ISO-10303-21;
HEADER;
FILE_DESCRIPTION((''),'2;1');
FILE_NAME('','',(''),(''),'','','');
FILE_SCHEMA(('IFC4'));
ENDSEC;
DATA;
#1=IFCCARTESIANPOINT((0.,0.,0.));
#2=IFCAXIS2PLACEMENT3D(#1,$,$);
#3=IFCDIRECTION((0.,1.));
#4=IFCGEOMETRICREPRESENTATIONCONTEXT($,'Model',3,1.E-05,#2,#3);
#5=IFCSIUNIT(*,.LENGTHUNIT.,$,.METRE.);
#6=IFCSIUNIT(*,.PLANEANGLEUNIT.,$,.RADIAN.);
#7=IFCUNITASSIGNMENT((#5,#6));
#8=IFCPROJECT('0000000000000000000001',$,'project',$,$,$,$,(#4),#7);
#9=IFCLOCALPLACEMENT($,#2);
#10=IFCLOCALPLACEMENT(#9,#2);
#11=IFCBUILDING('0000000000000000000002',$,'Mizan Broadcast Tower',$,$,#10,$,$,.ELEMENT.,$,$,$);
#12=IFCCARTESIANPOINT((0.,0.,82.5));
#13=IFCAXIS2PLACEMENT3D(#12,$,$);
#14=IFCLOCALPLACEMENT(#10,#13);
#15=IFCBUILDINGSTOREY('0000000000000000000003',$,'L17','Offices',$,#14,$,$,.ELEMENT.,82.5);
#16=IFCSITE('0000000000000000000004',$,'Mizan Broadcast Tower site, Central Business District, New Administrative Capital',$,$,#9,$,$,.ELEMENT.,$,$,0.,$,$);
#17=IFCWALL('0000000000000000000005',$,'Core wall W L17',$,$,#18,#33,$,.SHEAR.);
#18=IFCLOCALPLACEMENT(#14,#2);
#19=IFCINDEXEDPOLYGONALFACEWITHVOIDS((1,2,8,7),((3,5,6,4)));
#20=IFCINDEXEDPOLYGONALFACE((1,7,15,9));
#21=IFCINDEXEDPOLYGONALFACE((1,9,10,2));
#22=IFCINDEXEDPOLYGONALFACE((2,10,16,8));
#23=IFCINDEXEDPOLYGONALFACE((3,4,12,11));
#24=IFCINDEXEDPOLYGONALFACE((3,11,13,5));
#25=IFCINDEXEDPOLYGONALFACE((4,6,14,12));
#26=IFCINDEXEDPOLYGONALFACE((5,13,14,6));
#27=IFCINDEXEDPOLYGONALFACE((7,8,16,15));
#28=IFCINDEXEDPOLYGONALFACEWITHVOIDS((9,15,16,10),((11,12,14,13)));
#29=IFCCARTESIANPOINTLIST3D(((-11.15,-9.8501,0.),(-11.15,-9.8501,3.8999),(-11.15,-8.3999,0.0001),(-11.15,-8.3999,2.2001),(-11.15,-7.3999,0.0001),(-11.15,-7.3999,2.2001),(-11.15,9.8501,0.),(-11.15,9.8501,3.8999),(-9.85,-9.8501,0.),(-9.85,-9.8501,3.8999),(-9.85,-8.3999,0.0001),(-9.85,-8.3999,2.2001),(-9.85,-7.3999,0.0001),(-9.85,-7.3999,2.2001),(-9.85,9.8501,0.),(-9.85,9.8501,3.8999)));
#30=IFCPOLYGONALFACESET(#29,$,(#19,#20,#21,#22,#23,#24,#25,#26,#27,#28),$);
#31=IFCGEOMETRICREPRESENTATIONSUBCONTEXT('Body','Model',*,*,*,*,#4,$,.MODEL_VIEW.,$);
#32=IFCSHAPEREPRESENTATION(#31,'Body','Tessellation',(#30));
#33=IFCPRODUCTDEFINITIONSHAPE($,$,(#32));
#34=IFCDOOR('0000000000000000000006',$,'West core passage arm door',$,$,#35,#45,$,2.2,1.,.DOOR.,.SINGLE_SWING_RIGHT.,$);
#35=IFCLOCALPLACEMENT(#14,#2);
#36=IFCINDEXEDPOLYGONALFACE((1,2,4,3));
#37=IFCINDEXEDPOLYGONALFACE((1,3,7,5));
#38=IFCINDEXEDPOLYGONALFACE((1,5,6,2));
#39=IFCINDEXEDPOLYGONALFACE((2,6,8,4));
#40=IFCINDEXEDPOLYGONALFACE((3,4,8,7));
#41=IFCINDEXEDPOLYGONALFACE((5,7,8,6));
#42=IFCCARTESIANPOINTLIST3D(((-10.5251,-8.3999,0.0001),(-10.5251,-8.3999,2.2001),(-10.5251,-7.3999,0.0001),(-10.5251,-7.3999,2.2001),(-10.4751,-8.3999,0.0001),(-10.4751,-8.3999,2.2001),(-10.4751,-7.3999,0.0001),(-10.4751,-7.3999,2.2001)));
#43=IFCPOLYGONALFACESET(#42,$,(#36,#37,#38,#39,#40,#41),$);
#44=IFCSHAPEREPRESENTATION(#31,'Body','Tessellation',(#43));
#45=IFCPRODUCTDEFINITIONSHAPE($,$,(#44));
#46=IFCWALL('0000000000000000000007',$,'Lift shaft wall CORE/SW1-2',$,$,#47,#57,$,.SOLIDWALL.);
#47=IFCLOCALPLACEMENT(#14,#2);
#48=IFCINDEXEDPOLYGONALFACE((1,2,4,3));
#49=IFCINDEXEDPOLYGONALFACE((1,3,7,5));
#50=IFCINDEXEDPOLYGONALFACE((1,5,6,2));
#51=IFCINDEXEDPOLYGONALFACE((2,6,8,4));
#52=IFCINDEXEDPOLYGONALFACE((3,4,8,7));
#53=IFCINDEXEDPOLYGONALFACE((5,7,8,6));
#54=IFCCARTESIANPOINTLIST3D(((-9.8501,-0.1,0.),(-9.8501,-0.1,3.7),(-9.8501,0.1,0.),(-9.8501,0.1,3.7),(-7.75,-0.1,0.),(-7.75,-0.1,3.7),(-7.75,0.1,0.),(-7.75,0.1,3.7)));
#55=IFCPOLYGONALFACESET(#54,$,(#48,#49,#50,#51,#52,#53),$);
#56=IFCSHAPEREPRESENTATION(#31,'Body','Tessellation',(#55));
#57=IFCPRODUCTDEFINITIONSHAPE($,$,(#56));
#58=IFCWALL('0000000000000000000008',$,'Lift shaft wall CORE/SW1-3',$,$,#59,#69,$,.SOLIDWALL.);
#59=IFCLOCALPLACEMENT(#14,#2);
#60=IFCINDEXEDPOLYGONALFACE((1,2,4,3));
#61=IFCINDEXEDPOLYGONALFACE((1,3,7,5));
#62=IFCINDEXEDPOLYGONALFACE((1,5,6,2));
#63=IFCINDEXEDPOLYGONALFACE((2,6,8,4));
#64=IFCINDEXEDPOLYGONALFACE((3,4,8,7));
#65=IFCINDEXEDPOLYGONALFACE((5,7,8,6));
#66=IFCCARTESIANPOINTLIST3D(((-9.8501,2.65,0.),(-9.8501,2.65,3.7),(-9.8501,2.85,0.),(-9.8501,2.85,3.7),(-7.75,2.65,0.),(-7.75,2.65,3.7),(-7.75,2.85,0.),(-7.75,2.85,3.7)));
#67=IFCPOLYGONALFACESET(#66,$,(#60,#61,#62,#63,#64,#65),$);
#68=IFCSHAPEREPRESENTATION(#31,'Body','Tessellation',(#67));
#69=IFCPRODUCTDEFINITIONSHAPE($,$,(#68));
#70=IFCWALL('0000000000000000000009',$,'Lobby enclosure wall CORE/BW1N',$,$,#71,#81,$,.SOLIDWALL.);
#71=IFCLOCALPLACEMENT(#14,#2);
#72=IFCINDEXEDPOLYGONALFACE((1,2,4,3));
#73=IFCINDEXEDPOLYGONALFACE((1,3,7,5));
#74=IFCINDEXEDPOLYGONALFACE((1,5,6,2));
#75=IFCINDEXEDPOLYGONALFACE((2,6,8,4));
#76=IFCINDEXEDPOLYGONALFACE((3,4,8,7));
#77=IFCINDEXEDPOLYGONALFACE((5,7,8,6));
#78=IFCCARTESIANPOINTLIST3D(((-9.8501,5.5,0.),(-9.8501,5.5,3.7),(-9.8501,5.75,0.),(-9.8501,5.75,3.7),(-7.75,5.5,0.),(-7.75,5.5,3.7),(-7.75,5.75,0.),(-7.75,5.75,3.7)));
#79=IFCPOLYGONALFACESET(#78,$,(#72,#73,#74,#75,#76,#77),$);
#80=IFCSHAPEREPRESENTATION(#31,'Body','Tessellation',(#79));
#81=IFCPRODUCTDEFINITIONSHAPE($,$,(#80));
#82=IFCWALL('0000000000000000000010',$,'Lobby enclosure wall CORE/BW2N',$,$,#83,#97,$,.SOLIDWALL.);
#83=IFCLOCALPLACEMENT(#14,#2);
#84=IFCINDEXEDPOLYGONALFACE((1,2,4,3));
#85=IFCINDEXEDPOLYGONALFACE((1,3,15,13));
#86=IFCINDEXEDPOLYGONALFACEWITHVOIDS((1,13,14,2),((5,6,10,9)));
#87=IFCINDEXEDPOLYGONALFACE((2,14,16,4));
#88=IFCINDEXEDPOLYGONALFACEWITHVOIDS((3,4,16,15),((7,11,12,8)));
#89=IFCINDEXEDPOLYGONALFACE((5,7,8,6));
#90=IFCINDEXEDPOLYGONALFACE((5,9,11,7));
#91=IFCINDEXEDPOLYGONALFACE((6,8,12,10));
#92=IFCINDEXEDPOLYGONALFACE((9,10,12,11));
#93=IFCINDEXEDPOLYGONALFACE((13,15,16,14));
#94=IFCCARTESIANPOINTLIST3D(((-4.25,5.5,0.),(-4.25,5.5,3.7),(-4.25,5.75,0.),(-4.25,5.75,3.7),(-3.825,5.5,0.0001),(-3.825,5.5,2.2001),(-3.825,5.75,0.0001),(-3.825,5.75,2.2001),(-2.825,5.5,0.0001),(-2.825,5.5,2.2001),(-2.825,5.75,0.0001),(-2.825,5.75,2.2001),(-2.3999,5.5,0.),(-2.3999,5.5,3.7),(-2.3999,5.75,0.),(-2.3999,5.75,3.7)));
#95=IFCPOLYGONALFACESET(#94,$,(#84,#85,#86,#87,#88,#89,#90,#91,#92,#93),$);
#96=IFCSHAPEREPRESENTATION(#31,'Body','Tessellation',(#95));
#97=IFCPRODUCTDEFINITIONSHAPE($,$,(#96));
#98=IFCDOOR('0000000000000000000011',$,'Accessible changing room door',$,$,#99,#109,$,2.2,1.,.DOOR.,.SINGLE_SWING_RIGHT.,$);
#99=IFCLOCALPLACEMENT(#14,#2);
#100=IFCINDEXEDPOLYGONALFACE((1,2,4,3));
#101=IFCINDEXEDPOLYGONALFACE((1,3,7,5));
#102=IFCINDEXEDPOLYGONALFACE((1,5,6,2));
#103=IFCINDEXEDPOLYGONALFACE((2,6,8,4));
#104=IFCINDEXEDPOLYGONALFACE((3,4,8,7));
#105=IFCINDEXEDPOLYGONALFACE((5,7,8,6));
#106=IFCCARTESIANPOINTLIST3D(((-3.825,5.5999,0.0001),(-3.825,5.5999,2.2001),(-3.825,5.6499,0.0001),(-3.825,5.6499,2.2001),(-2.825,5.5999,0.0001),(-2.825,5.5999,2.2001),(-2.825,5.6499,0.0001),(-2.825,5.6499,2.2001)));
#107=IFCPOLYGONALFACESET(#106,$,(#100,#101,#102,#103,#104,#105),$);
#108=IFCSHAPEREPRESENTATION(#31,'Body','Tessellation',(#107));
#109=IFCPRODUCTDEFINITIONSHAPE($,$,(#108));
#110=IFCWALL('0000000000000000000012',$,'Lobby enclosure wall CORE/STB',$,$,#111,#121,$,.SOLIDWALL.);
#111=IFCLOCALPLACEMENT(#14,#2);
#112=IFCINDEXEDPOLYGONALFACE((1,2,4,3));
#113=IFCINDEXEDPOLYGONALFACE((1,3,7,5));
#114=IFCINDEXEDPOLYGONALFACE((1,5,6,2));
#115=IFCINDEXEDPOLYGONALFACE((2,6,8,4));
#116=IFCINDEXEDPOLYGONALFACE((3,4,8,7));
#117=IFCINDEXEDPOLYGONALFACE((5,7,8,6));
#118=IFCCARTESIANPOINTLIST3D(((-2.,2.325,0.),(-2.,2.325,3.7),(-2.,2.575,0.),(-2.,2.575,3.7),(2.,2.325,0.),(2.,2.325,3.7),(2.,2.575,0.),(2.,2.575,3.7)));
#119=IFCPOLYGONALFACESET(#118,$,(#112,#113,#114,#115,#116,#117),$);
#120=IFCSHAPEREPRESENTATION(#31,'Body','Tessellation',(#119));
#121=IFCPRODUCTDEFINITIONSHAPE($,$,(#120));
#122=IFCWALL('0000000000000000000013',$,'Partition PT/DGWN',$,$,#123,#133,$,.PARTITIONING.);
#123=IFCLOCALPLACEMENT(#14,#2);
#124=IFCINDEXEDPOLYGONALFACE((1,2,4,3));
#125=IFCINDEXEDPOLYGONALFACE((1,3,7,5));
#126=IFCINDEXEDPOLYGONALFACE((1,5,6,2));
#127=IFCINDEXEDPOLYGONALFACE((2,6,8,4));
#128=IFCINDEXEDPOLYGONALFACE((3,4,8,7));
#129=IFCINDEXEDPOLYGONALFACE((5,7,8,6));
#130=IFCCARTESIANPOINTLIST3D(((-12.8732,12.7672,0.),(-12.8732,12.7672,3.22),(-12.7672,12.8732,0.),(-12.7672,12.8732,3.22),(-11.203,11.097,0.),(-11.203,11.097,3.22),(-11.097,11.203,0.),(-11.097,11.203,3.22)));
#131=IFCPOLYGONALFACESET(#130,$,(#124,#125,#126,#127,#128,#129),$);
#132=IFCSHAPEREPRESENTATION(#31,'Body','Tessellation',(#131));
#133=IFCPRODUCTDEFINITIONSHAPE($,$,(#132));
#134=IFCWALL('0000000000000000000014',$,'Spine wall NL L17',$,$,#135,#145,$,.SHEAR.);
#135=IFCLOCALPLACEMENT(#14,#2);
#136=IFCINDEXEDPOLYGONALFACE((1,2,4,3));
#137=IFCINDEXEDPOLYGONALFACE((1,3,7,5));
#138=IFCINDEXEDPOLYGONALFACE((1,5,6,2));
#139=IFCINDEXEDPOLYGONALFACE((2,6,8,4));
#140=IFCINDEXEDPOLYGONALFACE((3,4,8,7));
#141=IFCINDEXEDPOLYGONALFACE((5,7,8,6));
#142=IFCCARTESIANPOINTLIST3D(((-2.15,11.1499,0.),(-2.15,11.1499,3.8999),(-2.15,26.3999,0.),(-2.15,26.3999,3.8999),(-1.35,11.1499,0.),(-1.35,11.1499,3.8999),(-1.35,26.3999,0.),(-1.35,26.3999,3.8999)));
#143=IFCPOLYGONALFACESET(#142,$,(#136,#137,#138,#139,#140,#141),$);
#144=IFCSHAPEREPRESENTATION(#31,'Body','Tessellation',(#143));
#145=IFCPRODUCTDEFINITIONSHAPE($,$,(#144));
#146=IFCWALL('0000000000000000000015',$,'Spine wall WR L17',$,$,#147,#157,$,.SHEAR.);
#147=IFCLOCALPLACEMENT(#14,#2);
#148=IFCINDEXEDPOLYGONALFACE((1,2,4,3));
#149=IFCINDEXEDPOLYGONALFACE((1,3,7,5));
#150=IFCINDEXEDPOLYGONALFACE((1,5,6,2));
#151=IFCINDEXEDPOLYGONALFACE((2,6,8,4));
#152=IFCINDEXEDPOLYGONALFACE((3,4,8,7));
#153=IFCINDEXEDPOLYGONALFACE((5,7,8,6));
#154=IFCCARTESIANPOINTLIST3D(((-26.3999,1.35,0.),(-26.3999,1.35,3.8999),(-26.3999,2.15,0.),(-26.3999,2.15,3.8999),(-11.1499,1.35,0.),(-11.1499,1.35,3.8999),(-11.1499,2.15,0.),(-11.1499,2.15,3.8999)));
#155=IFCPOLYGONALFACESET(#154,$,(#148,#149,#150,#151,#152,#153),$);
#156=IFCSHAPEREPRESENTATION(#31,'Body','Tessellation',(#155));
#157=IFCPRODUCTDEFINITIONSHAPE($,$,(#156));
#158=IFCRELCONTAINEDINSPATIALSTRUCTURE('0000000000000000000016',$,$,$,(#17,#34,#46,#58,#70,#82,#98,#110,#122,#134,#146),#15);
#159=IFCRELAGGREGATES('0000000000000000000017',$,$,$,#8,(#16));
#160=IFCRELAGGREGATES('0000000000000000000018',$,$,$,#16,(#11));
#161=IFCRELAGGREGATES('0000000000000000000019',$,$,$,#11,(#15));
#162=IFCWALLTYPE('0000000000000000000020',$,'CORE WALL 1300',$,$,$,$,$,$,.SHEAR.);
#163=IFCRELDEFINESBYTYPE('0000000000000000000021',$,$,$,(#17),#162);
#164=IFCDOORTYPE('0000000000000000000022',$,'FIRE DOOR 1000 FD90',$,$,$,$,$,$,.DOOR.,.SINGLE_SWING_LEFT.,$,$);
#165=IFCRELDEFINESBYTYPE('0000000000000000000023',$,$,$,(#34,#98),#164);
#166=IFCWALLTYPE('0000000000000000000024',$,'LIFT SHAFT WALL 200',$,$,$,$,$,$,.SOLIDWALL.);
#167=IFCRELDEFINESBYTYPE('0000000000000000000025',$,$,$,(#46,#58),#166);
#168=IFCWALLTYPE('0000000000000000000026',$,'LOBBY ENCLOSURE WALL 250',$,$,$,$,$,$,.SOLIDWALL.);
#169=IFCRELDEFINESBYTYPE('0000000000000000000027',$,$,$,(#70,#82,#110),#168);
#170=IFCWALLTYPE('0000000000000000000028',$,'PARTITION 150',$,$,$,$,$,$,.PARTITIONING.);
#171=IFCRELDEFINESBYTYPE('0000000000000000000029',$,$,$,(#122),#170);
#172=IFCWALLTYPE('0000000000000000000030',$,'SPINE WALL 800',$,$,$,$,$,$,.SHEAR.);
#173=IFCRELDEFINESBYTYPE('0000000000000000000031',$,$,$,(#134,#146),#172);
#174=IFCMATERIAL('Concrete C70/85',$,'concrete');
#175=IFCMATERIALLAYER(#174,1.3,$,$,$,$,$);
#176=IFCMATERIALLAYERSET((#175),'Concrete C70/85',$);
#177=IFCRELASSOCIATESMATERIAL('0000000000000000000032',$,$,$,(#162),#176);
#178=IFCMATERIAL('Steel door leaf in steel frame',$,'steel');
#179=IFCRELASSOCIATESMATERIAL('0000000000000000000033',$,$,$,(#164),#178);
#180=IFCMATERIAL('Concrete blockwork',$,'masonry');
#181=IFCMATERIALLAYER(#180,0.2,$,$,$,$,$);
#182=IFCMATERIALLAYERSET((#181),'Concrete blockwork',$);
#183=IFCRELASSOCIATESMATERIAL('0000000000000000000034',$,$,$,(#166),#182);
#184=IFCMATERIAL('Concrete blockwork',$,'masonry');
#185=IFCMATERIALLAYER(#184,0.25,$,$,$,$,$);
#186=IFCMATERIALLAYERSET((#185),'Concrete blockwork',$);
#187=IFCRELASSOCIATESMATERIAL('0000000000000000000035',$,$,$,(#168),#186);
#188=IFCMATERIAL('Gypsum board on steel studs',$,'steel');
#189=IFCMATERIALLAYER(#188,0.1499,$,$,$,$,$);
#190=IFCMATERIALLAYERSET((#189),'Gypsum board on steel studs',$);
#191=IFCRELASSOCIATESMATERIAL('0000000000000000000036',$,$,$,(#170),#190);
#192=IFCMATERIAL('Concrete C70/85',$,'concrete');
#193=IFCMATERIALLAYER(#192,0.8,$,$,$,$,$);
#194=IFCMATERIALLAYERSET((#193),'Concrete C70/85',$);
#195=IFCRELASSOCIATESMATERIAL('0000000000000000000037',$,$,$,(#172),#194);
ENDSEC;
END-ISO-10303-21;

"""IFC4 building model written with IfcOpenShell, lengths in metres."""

from ifc_helpers import new_model, si_unit, direction, frame, frame_2d, origin, place, context, subcontext, project, spatial, rectangle, extrude, material, layer, layer_set, type_object, element, fill, save


model = new_model("IFC4")

# Units and contexts
model_context = context("Model", 3, precision=1e-05, world=origin(), true_north=direction((0.0, 1.0)))
body_context = subcontext(model_context, "Body", "Model", "MODEL_VIEW")
ifc_project = project(units=[si_unit("LENGTHUNIT", "METRE"), si_unit("PLANEANGLEUNIT", "RADIAN")], contexts=[model_context])

# Site, building, storey
site_placement = place(None, origin())
site = spatial("IfcSite", under=ifc_project, at=site_placement, Name="Mizan Broadcast Tower site, Central Business District, New Administrative Capital", CompositionType="ELEMENT", RefElevation=0.0)
building_placement = place(site_placement, origin())
building = spatial("IfcBuilding", under=site, at=building_placement, Name="Mizan Broadcast Tower", CompositionType="ELEMENT")
storey_placement = place(building_placement, frame((0.0, 0.0, 82.5)))
storey = spatial("IfcBuildingStorey", under=building, at=storey_placement, Name="L17", Description="Offices", CompositionType="ELEMENT", Elevation=82.5)

# Shared definitions
ifc_material_1 = material(Name="Concrete C70/85", Category="concrete")
ifc_layer_1 = layer(ifc_material_1, 1.3)
ifc_layer_set_1 = layer_set([ifc_layer_1], Name="Concrete C70/85")
wall_type_1 = type_object("IfcWallType", Name="CORE WALL 1300", PredefinedType="SHEAR", material=ifc_layer_set_1)

# Wall, opening, door
wall_1_placement = place(storey_placement, frame((-10.5, 9.8501, 0.0), z_axis=(0.0, 0.0, 1.0), x_axis=(0.0, -1.0, 0.0)))
wall_1 = element("IfcWall", 1, at=wall_1_placement, inside=storey, type_object=wall_type_1, Name="Core wall W L17", PredefinedType="SHEAR", context=body_context, shape_type="SweptSolid", body=[
    extrude(rectangle(XDim=19.7002, YDim=1.3, at=frame_2d((9.8501, 0.0))), origin(), (0.0, 0.0, 1.0), 3.8999),
])
opening_1_placement = place(wall_1_placement, frame((17.25, 0.0, 0.0)))
opening_1 = element("IfcOpeningElement", 2, at=opening_1_placement, cuts=wall_1, PredefinedType="OPENING", context=body_context, shape_type="SweptSolid", body=[
    extrude(rectangle(XDim=1.0, YDim=2.2, at=frame_2d((0.5, 1.1001))), frame((0.0, 0.6599, 0.0), z_axis=(0.0, -1.0, 0.0), x_axis=(1.0, 0.0, 0.0)), (0.0, 0.0, 1.0), 1.3201),
])
ifc_material_2 = material(Name="Steel door leaf in steel frame", Category="steel")
door_type_1 = type_object("IfcDoorType", Name="FIRE DOOR 1000 FD90", OperationType="SINGLE_SWING_LEFT", PredefinedType="DOOR", material=ifc_material_2)
door_1_placement = place(opening_1_placement, origin())
door_1 = element("IfcDoor", 3, at=door_1_placement, inside=storey, type_object=door_type_1, Name="West core passage arm door", OperationType="SINGLE_SWING_RIGHT", OverallHeight=2.2, OverallWidth=1.0, PredefinedType="DOOR", context=body_context, shape_type="SweptSolid", body=[
    extrude(rectangle(XDim=1.0, YDim=2.2, at=frame_2d((0.5, 1.1001))), frame((0.0, 0.0249, 0.0), z_axis=(0.0, -1.0, 0.0), x_axis=(1.0, 0.0, 0.0)), (0.0, 0.0, 1.0), 0.05),
])
fill(opening_1, door_1)

# Walls
ifc_material_3 = material(Name="Concrete blockwork", Category="masonry")
ifc_layer_2 = layer(ifc_material_3, 0.2)
ifc_layer_set_2 = layer_set([ifc_layer_2], Name="Concrete blockwork")
wall_type_2 = type_object("IfcWallType", Name="LIFT SHAFT WALL 200", PredefinedType="SOLIDWALL", material=ifc_layer_set_2)
for number, where, z_axis, x_axis, name in (
    (4, (-9.8501, 0.0, 0.0), (0.0, 0.0, 1.0), (1.0, 0.0, 0.0), "Lift shaft wall CORE/SW1-2"),
    (5, (-9.8501, 2.75, 0.0), (0.0, 0.0, 1.0), (1.0, 0.0, 0.0), "Lift shaft wall CORE/SW1-3"),
):
    element("IfcWall", number, at=place(storey_placement, frame(where, z_axis=z_axis, x_axis=x_axis)), inside=storey, type_object=wall_type_2, Name=name, PredefinedType="SOLIDWALL", context=body_context, shape_type="SweptSolid", body=[
        extrude(rectangle(XDim=2.1001, YDim=0.2, at=frame_2d((1.05, 0.0))), origin(), (0.0, 0.0, 1.0), 3.7),
    ])
ifc_material_4 = material(Name="Concrete blockwork", Category="masonry")
ifc_layer_3 = layer(ifc_material_4, 0.25)
ifc_layer_set_3 = layer_set([ifc_layer_3], Name="Concrete blockwork")
wall_type_3 = type_object("IfcWallType", Name="LOBBY ENCLOSURE WALL 250", PredefinedType="SOLIDWALL", material=ifc_layer_set_3)
wall_2_placement = place(storey_placement, frame((-9.8501, 5.625, 0.0), z_axis=(0.0, 0.0, 1.0), x_axis=(1.0, 0.0, 0.0)))
element("IfcWall", 6, at=wall_2_placement, inside=storey, type_object=wall_type_3, Name="Lobby enclosure wall CORE/BW1N", PredefinedType="SOLIDWALL", context=body_context, shape_type="SweptSolid", body=[
    extrude(rectangle(XDim=2.1001, YDim=0.25, at=frame_2d((1.05, 0.0))), origin(), (0.0, 0.0, 1.0), 3.7),
])

# Wall, opening, door
wall_3_placement = place(storey_placement, frame((-4.25, 5.625, 0.0), z_axis=(0.0, 0.0, 1.0), x_axis=(1.0, 0.0, 0.0)))
wall_3 = element("IfcWall", 7, at=wall_3_placement, inside=storey, type_object=wall_type_3, Name="Lobby enclosure wall CORE/BW2N", PredefinedType="SOLIDWALL", context=body_context, shape_type="SweptSolid", body=[
    extrude(rectangle(XDim=1.8501, YDim=0.25, at=frame_2d((0.925, 0.0))), origin(), (0.0, 0.0, 1.0), 3.7),
])
opening_2_placement = place(wall_3_placement, frame((0.425, 0.0, 0.0)))
opening_2 = element("IfcOpeningElement", 8, at=opening_2_placement, cuts=wall_3, PredefinedType="OPENING", context=body_context, shape_type="SweptSolid", body=[
    extrude(rectangle(XDim=1.0, YDim=2.2, at=frame_2d((0.5, 1.1001))), frame((0.0, 0.135, 0.0), z_axis=(0.0, -1.0, 0.0), x_axis=(1.0, 0.0, 0.0)), (0.0, 0.0, 1.0), 0.27),
])
door_2_placement = place(opening_2_placement, origin())
door_2 = element("IfcDoor", 9, at=door_2_placement, inside=storey, type_object=door_type_1, Name="Accessible changing room door", OperationType="SINGLE_SWING_RIGHT", OverallHeight=2.2, OverallWidth=1.0, PredefinedType="DOOR", context=body_context, shape_type="SweptSolid", body=[
    extrude(rectangle(XDim=1.0, YDim=2.2, at=frame_2d((0.5, 1.1001))), frame((0.0, 0.0249, 0.0), z_axis=(0.0, -1.0, 0.0), x_axis=(1.0, 0.0, 0.0)), (0.0, 0.0, 1.0), 0.05),
])
fill(opening_2, door_2)

# Walls
wall_4_placement = place(storey_placement, frame((-2.0, 2.45, 0.0), z_axis=(0.0, 0.0, 1.0), x_axis=(1.0, 0.0, 0.0)))
element("IfcWall", 10, at=wall_4_placement, inside=storey, type_object=wall_type_3, Name="Lobby enclosure wall CORE/STB", PredefinedType="SOLIDWALL", context=body_context, shape_type="SweptSolid", body=[
    extrude(rectangle(XDim=4.0, YDim=0.25, at=frame_2d((2.0, 0.0))), origin(), (0.0, 0.0, 1.0), 3.7),
])
ifc_material_5 = material(Name="Gypsum board on steel studs", Category="steel")
ifc_layer_4 = layer(ifc_material_5, 0.1499)
ifc_layer_set_4 = layer_set([ifc_layer_4], Name="Gypsum board on steel studs")
wall_type_4 = type_object("IfcWallType", Name="PARTITION 150", PredefinedType="PARTITIONING", material=ifc_layer_set_4)
wall_5_placement = place(storey_placement, frame((-11.1499, 11.1499, 0.0), z_axis=(0.0, 0.0, 1.0), x_axis=(-0.707107, 0.707107, 0.0)))
element("IfcWall", 11, at=wall_5_placement, inside=storey, type_object=wall_type_4, Name="Partition PT/DGWN", PredefinedType="PARTITIONING", context=body_context, shape_type="SweptSolid", body=[
    extrude(rectangle(XDim=2.3621, YDim=0.1499, at=frame_2d((1.1812, 0.0))), origin(), (0.0, 0.0, 1.0), 3.22),
])
ifc_material_6 = material(Name="Concrete C70/85", Category="concrete")
ifc_layer_5 = layer(ifc_material_6, 0.8)
ifc_layer_set_5 = layer_set([ifc_layer_5], Name="Concrete C70/85")
wall_type_5 = type_object("IfcWallType", Name="SPINE WALL 800", PredefinedType="SHEAR", material=ifc_layer_set_5)
for number, where, z_axis, x_axis, name in (
    (12, (-1.75, 11.1499, 0.0), (0.0, 0.0, 1.0), (0.0, 1.0, 0.0), "Spine wall NL L17"),
    (13, (-11.1499, 1.75, 0.0), (0.0, 0.0, 1.0), (-1.0, 0.0, 0.0), "Spine wall WR L17"),
):
    element("IfcWall", number, at=place(storey_placement, frame(where, z_axis=z_axis, x_axis=x_axis)), inside=storey, type_object=wall_type_5, Name=name, PredefinedType="SHEAR", context=body_context, shape_type="SweptSolid", body=[
        extrude(rectangle(XDim=15.25, YDim=0.8, at=frame_2d((7.625, 0.0))), origin(), (0.0, 0.0, 1.0), 3.8999),
    ])

save(model, "model.ifc")
